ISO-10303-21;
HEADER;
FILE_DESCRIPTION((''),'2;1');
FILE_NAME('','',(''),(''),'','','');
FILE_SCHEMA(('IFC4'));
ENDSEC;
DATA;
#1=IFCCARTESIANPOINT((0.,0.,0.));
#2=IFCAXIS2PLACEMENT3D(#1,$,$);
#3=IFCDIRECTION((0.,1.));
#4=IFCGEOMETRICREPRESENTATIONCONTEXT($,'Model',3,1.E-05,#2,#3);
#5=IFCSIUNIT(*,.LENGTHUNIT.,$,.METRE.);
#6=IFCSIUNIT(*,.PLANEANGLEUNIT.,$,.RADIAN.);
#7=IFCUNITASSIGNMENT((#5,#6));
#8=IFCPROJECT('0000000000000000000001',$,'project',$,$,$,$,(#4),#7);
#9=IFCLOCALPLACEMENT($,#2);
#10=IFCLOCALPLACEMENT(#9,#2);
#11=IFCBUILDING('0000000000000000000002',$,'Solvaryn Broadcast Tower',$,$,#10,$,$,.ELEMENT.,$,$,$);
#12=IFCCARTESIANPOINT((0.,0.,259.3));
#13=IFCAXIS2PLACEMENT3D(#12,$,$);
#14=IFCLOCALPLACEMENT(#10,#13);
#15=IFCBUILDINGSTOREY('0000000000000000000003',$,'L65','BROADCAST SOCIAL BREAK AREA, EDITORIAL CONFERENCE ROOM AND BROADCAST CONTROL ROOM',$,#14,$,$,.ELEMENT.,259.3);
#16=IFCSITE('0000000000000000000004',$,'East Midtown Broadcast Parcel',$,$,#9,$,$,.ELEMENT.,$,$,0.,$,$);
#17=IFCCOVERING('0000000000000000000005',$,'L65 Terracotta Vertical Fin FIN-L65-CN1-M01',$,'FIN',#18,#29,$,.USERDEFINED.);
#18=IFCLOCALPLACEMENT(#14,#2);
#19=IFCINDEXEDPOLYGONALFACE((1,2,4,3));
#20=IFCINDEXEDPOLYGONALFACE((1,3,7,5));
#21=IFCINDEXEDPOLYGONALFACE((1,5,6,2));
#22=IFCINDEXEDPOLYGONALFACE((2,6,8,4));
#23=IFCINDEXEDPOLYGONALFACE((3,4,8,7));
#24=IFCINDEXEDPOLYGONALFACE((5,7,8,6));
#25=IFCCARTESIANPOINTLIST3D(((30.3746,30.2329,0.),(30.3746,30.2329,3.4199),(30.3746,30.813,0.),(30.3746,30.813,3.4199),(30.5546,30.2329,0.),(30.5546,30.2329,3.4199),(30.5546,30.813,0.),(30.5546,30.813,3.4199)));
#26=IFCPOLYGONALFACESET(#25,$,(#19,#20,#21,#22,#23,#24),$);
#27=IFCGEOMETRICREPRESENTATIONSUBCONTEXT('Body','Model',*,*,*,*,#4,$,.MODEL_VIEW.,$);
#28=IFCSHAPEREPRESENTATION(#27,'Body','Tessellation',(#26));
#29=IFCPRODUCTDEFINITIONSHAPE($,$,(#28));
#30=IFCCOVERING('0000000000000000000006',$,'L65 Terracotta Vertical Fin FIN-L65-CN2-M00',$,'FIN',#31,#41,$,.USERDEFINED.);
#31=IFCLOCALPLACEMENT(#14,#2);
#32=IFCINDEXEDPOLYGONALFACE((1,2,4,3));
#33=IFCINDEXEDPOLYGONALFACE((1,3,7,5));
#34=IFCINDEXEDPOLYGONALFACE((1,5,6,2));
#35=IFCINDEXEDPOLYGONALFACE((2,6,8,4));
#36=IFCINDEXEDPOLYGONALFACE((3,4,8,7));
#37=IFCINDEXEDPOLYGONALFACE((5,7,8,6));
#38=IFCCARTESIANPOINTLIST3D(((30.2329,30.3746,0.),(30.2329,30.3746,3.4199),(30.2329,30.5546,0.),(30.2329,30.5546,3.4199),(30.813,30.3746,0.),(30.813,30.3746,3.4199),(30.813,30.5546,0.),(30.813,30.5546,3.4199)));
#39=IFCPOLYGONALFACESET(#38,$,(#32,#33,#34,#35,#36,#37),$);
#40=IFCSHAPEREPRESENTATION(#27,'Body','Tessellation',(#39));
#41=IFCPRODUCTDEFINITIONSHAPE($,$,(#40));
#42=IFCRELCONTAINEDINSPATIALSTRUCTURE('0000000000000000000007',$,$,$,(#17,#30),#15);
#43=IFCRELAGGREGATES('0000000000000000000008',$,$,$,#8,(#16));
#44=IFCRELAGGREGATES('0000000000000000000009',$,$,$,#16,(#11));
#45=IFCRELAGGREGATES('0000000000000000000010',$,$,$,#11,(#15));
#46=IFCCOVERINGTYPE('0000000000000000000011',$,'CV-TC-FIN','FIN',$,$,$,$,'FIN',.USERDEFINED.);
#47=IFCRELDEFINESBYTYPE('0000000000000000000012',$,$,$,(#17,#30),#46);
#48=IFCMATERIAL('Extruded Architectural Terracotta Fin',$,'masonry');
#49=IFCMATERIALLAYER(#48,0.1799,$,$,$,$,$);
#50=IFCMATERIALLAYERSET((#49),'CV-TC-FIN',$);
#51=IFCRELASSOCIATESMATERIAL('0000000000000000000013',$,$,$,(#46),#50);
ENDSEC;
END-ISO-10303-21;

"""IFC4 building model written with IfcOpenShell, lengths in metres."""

from ifc_helpers import new_model, si_unit, direction, frame, origin, origin_2d, place, context, subcontext, project, spatial, rectangle, extrude, material, layer, layer_set, type_object, element, save


model = new_model("IFC4")

# Units and contexts
model_context = context("Model", 3, precision=1e-05, world=origin(), true_north=direction((0.0, 1.0)))
body_context = subcontext(model_context, "Body", "Model", "MODEL_VIEW")
ifc_project = project(units=[si_unit("LENGTHUNIT", "METRE"), si_unit("PLANEANGLEUNIT", "RADIAN")], contexts=[model_context])

# Site, building, storey
site_placement = place(None, origin())
site = spatial("IfcSite", under=ifc_project, at=site_placement, Name="East Midtown Broadcast Parcel", CompositionType="ELEMENT", RefElevation=0.0)
building_placement = place(site_placement, origin())
building = spatial("IfcBuilding", under=site, at=building_placement, Name="Solvaryn Broadcast Tower", CompositionType="ELEMENT")
storey_placement = place(building_placement, frame((0.0, 0.0, 259.3)))
storey = spatial("IfcBuildingStorey", under=building, at=storey_placement, Name="L65", Description="BROADCAST SOCIAL BREAK AREA, EDITORIAL CONFERENCE ROOM AND BROADCAST CONTROL ROOM", CompositionType="ELEMENT", Elevation=259.3)

# Coverings
ifc_material_1 = material(Name="Extruded Architectural Terracotta Fin", Category="masonry")
ifc_layer_1 = layer(ifc_material_1, 0.1799)
ifc_layer_set_1 = layer_set([ifc_layer_1], Name="CV-TC-FIN")
covering_type_1 = type_object("IfcCoveringType", Name="CV-TC-FIN", Description="FIN", ElementType="FIN", PredefinedType="USERDEFINED", material=ifc_layer_set_1)
covering_1_placement = place(storey_placement, frame((30.4646, 30.5229, 0.0), z_axis=(0.0, 0.0, 1.0), x_axis=(1.0, 0.0, 0.0)))
element("IfcCovering", 1, at=covering_1_placement, inside=storey, type_object=covering_type_1, Name="L65 Terracotta Vertical Fin FIN-L65-CN1-M01", ObjectType="FIN", PredefinedType="USERDEFINED", context=body_context, shape_type="SweptSolid", body=[
    extrude(rectangle(XDim=0.1799, YDim=0.5801, at=origin_2d()), origin(), (0.0, 0.0, 1.0), 3.4199),
])
covering_2_placement = place(storey_placement, frame((30.5229, 30.4646, 0.0), z_axis=(0.0, 0.0, 1.0), x_axis=(1.0, 0.0, 0.0)))
element("IfcCovering", 2, at=covering_2_placement, inside=storey, type_object=covering_type_1, Name="L65 Terracotta Vertical Fin FIN-L65-CN2-M00", ObjectType="FIN", PredefinedType="USERDEFINED", context=body_context, shape_type="SweptSolid", body=[
    extrude(rectangle(XDim=0.5801, YDim=0.1799, at=origin_2d()), origin(), (0.0, 0.0, 1.0), 3.4199),
])

save(model, "model.ifc")
